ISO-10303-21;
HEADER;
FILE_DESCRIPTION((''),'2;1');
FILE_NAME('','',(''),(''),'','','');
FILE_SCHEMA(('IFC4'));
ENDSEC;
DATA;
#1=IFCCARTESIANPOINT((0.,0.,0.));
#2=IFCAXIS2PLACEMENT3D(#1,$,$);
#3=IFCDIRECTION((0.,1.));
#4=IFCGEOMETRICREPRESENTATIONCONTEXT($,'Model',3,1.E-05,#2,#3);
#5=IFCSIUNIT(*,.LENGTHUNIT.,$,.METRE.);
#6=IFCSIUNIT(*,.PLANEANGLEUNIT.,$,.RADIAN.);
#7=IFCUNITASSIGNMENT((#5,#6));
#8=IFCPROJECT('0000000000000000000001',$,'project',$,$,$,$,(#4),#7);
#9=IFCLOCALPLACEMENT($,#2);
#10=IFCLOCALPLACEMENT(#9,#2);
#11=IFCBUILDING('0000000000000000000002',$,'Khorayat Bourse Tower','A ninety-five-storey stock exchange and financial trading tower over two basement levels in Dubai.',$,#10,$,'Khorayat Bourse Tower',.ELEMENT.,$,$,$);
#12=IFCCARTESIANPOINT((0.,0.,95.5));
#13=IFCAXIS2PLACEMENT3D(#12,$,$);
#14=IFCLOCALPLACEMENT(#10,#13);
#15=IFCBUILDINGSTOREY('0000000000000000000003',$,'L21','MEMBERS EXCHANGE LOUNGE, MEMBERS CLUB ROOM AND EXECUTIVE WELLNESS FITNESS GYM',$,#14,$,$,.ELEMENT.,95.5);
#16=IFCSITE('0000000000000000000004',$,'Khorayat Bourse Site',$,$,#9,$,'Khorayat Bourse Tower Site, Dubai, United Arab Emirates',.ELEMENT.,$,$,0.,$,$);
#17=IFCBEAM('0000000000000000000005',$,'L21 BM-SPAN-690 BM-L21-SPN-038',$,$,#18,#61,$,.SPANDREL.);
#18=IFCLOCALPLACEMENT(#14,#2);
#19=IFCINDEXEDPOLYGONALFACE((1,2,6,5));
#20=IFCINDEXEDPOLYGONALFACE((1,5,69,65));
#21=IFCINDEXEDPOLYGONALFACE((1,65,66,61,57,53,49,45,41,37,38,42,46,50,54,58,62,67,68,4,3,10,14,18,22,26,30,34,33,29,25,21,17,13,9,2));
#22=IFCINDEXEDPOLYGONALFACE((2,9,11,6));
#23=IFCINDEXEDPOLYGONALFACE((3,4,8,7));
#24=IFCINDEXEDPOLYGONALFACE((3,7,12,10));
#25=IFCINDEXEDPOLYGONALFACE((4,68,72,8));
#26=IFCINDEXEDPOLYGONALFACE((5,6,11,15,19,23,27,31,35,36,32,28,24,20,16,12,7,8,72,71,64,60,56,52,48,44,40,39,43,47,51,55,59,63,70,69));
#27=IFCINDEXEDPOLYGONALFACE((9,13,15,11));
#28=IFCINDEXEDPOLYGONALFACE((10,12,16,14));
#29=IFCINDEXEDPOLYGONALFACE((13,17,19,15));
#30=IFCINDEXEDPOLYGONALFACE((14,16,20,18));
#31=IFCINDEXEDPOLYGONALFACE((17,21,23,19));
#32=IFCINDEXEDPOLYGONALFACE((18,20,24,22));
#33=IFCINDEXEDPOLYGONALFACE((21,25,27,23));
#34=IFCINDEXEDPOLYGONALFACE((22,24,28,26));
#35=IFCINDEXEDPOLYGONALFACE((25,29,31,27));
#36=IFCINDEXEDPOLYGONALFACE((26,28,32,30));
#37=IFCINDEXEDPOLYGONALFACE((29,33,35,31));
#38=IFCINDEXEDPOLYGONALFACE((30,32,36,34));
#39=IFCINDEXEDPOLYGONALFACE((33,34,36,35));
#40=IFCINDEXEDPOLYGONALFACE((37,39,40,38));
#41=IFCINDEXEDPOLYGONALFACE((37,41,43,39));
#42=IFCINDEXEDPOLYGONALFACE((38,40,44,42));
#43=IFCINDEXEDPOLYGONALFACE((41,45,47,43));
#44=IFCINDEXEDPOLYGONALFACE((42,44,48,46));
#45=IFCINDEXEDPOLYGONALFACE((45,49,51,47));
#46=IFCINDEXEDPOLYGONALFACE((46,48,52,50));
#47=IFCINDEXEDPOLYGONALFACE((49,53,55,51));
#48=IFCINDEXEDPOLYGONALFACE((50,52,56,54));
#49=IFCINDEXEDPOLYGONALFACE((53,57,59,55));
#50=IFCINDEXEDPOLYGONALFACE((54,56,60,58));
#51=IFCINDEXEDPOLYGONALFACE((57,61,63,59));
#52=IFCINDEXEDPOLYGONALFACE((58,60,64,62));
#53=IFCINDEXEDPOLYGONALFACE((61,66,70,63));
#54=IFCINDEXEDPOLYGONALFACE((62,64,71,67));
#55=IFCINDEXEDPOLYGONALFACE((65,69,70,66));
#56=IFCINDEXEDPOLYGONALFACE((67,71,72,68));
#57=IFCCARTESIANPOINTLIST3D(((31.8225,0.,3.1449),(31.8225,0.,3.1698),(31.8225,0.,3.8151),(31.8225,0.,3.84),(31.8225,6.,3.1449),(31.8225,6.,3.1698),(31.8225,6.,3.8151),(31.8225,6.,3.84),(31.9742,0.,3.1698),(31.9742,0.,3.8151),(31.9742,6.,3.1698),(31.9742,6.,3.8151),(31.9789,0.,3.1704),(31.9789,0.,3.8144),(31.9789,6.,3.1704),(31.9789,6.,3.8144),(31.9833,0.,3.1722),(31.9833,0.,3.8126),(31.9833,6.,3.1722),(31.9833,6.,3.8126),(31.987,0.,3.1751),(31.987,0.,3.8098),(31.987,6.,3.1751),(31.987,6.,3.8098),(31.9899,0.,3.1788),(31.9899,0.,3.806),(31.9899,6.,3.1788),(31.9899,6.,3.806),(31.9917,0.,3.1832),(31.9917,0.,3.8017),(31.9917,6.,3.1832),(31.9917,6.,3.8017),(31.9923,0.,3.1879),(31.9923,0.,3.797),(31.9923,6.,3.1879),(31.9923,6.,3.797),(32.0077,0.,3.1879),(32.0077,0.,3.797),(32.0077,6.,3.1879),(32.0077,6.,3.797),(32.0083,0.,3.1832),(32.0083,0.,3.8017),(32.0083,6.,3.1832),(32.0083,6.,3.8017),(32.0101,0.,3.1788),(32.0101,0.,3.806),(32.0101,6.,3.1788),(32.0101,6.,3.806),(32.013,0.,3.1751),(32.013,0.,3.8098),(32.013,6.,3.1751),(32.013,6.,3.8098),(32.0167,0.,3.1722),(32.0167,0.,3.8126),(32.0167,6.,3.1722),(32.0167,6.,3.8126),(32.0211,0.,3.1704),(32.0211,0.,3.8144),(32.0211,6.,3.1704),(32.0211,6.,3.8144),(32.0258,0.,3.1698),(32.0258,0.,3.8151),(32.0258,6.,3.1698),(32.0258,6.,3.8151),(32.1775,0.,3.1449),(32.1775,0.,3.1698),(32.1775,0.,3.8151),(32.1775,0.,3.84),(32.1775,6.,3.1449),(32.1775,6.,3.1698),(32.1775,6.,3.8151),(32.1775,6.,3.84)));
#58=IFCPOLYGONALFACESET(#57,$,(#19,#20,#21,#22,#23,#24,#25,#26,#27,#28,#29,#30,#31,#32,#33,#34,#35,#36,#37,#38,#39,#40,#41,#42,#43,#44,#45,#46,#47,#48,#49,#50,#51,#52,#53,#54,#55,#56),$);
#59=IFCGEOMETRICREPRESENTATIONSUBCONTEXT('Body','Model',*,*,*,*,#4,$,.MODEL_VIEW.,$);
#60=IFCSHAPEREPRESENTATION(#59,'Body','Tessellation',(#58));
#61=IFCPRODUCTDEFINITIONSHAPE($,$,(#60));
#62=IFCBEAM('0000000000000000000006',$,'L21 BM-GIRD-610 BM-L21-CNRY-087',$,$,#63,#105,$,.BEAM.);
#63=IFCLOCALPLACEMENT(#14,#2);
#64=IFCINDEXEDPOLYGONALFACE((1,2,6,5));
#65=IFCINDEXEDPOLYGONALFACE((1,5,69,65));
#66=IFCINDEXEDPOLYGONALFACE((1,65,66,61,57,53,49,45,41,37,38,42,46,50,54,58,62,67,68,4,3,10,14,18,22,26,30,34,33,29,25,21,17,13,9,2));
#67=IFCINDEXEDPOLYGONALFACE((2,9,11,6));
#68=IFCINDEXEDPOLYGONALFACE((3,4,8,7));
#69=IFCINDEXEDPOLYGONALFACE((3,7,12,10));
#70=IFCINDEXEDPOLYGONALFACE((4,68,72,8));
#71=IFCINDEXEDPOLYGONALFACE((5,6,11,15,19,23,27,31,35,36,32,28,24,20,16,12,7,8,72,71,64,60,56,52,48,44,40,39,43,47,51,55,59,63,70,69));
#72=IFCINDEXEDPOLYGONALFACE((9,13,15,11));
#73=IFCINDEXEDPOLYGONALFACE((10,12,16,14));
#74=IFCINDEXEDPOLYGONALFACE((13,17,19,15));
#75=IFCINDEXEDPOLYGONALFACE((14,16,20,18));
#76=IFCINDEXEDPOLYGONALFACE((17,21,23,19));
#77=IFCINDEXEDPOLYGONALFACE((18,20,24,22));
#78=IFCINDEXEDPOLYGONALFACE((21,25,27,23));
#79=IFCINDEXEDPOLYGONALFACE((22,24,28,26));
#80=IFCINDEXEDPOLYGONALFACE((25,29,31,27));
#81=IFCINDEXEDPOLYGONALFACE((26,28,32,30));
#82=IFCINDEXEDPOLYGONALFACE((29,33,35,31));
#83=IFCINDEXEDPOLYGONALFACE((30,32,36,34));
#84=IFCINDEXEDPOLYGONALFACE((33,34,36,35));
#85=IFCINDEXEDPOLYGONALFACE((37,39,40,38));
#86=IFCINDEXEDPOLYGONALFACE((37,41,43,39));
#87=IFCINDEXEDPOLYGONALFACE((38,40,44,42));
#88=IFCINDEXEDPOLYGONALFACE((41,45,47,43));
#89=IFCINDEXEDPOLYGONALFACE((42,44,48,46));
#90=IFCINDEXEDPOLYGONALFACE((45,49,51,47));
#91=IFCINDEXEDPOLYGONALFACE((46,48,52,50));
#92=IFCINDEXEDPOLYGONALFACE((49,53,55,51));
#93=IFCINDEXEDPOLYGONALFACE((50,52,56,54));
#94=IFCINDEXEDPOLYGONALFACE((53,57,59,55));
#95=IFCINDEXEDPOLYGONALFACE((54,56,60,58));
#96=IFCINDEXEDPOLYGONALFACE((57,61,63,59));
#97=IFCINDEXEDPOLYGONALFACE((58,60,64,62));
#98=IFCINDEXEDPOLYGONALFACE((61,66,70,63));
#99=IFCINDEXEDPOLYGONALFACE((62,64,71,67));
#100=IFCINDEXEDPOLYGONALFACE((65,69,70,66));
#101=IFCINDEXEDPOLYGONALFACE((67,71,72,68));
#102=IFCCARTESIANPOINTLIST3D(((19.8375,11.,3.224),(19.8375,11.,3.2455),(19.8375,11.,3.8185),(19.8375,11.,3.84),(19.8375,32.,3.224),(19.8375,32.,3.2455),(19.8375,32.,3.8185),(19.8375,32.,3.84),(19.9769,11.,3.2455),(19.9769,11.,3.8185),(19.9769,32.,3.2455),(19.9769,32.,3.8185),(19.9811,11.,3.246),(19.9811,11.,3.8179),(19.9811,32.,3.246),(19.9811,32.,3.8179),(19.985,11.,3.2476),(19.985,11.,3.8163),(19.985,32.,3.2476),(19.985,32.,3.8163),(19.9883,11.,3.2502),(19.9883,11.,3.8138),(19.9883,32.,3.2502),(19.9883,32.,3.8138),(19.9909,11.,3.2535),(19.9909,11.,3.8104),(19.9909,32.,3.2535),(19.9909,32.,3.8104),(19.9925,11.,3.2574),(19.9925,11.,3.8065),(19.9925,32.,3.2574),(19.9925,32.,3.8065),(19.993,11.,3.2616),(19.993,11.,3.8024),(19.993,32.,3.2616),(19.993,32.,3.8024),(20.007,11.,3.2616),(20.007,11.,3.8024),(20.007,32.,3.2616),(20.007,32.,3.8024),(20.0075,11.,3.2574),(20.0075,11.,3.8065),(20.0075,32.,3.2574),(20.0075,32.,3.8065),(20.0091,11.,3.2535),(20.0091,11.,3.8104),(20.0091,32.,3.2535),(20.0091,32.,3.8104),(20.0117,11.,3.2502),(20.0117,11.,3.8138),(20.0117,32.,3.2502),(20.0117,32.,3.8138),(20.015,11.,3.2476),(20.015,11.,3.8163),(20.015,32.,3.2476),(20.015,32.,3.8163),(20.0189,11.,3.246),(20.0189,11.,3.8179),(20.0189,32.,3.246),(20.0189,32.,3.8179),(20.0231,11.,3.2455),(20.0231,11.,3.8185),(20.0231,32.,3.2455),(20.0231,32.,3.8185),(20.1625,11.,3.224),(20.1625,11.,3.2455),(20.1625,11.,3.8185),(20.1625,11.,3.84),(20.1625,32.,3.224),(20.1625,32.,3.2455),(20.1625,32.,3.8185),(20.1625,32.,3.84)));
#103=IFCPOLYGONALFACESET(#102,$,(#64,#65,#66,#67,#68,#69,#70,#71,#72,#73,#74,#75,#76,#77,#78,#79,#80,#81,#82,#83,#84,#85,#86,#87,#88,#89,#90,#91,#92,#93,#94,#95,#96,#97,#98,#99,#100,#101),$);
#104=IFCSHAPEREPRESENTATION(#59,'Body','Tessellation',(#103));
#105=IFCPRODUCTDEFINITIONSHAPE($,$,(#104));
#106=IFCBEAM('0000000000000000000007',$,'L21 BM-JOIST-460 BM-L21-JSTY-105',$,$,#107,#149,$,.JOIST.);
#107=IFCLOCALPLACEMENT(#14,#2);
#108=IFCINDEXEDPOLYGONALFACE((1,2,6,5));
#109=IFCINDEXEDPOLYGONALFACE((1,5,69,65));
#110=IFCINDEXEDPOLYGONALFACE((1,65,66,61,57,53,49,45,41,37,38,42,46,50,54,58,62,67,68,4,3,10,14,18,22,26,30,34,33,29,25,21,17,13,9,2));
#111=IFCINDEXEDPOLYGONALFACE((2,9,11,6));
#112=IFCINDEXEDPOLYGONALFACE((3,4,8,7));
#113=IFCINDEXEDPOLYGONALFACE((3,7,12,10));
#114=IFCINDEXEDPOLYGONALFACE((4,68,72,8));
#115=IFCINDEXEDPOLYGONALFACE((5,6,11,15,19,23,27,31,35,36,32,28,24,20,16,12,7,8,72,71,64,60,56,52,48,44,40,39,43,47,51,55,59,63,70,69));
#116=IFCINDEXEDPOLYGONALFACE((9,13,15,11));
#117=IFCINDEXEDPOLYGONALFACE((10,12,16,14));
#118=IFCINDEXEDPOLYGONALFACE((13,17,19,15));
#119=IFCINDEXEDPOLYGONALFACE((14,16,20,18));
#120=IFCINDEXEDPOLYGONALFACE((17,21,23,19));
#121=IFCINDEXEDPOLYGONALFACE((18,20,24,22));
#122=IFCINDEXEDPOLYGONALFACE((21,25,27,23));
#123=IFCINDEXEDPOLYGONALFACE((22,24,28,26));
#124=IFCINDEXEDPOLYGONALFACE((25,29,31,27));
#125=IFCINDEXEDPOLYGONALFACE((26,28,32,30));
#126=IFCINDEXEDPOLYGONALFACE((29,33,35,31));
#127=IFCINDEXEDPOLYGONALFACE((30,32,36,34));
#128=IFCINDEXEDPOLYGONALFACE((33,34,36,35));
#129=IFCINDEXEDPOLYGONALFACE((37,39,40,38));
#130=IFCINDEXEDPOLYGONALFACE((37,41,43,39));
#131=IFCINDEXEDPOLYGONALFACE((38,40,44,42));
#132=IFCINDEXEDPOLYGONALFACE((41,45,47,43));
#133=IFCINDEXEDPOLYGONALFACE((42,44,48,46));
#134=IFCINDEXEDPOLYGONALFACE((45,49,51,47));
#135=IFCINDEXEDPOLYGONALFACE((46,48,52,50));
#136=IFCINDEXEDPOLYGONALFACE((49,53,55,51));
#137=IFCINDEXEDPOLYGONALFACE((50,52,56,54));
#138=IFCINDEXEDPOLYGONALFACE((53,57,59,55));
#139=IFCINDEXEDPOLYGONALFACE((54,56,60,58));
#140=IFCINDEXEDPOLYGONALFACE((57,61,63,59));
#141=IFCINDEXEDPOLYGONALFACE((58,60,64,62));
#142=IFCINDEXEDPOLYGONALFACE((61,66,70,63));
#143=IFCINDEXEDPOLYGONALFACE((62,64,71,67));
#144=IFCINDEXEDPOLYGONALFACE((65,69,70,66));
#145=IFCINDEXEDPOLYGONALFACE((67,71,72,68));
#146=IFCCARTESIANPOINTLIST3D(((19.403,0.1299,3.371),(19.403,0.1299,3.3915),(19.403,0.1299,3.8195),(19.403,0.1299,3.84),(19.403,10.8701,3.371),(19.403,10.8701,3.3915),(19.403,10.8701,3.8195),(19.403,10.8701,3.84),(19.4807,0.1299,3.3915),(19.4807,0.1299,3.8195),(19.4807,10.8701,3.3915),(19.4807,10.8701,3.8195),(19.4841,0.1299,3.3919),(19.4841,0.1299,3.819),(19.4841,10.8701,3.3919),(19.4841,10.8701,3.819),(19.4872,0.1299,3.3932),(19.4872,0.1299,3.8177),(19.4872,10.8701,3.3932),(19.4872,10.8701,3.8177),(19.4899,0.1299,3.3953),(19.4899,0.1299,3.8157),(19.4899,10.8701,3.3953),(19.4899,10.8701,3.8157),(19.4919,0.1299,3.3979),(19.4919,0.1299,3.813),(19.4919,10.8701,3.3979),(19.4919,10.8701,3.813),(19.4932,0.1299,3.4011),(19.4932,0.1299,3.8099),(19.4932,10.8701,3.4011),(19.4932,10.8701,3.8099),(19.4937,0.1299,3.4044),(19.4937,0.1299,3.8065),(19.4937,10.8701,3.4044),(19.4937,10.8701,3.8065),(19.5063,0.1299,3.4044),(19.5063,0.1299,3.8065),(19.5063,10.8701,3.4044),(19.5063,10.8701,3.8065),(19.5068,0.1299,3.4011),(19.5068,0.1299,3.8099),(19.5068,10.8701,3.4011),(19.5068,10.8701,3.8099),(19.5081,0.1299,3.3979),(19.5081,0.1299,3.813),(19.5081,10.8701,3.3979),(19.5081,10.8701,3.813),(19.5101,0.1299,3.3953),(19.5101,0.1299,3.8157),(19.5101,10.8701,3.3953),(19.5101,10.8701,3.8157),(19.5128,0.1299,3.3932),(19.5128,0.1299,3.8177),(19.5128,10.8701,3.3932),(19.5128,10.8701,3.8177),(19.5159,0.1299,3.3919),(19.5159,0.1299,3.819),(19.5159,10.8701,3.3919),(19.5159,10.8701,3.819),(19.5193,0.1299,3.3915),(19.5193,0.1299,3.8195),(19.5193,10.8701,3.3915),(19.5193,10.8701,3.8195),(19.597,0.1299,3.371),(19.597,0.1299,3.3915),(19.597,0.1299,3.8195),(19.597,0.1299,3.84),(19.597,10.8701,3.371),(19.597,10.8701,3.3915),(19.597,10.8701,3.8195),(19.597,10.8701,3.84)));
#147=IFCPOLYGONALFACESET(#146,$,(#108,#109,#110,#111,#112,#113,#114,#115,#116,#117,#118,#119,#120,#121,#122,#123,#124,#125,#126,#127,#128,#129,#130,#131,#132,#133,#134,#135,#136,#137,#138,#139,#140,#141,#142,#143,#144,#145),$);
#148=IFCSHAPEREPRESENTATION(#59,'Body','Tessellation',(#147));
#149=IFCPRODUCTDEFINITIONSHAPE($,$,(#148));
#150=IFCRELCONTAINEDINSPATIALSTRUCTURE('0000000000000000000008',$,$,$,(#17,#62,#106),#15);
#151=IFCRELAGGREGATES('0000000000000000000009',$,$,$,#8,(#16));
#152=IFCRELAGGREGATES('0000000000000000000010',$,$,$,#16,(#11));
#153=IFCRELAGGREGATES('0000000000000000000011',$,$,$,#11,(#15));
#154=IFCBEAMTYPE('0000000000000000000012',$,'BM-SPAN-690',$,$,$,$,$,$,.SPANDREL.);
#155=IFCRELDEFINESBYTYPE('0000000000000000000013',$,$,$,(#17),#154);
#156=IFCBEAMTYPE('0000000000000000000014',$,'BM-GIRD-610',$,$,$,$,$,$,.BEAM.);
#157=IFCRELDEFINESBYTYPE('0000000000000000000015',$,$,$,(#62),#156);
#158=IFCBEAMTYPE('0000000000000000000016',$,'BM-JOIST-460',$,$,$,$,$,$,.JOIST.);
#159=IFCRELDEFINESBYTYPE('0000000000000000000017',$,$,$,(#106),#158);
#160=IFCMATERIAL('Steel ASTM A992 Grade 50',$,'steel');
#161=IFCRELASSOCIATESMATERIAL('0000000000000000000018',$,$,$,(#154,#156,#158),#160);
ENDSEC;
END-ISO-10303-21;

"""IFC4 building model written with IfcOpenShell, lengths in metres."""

from ifc_helpers import new_model, si_unit, direction, frame, origin, origin_2d, place, context, subcontext, project, spatial, i_section, extrude, source, transform, mapped, material, material_profile, profile_set, type_object, element, save


model = new_model("IFC4")

# Units and contexts
model_context = context("Model", 3, precision=1e-05, world=origin(), true_north=direction((0.0, 1.0)))
body_context = subcontext(model_context, "Body", "Model", "MODEL_VIEW")
ifc_project = project(units=[si_unit("LENGTHUNIT", "METRE"), si_unit("PLANEANGLEUNIT", "RADIAN")], contexts=[model_context])

# Site, building, storey
site_placement = place(None, origin())
site = spatial("IfcSite", under=ifc_project, at=site_placement, Name="Khorayat Bourse Site", LongName="Khorayat Bourse Tower Site, Dubai, United Arab Emirates", CompositionType="ELEMENT", RefElevation=0.0)
building_placement = place(site_placement, origin())
building = spatial("IfcBuilding", under=site, at=building_placement, Name="Khorayat Bourse Tower", Description="A ninety-five-storey stock exchange and financial trading tower over two basement levels in Dubai.", LongName="Khorayat Bourse Tower", CompositionType="ELEMENT")
storey_placement = place(building_placement, frame((0.0, 0.0, 95.5)))
storey = spatial("IfcBuildingStorey", under=building, at=storey_placement, Name="L21", Description="MEMBERS EXCHANGE LOUNGE, MEMBERS CLUB ROOM AND EXECUTIVE WELLNESS FITNESS GYM", CompositionType="ELEMENT", Elevation=95.5)

# Beams
ifc_material_1 = material(Name="Steel ASTM A992 Grade 50", Category="steel")
ifc_material_profile_1 = material_profile(ifc_material_1, i_section(OverallWidth=0.355, OverallDepth=0.6951, WebThickness=0.0154, FlangeThickness=0.0249, FilletRadius=0.0181, at=origin_2d()), Name="W690X217")
ifc_profile_set_1 = profile_set([ifc_material_profile_1], Name="Steel ASTM A992 Grade 50")
beam_type_1 = type_object("IfcBeamType", Name="BM-SPAN-690", PredefinedType="SPANDREL", material=ifc_profile_set_1)
shared_shape_1 = source(origin(), body_context, "Body", "SweptSolid", [
    extrude(i_section(OverallWidth=0.355, OverallDepth=0.6951, WebThickness=0.0154, FlangeThickness=0.0249, FilletRadius=0.0181, at=origin_2d()), origin(), (0.0, 0.0, 1.0), 6.0),
])
beam_1_placement = place(storey_placement, frame((32.0, 0.0, 3.4924), z_axis=(0.0, 1.0, 0.0), x_axis=(-1.0, 0.0, 0.0)))
element("IfcBeam", 1, at=beam_1_placement, inside=storey, type_object=beam_type_1, Name="L21 BM-SPAN-690 BM-L21-SPN-038", PredefinedType="SPANDREL", context=body_context, shape_type="MappedRepresentation", body=[
    mapped(shared_shape_1, transform((0.0, 0.0, 0.0), scale=1.0)),
])
ifc_material_profile_2 = material_profile(ifc_material_1, i_section(OverallWidth=0.325, OverallDepth=0.616, WebThickness=0.0139, FlangeThickness=0.0215, FilletRadius=0.0161, at=origin_2d()), Name="W610X174")
ifc_profile_set_2 = profile_set([ifc_material_profile_2], Name="Steel ASTM A992 Grade 50")
beam_type_2 = type_object("IfcBeamType", Name="BM-GIRD-610", PredefinedType="BEAM", material=ifc_profile_set_2)
shared_shape_2 = source(origin(), body_context, "Body", "SweptSolid", [
    extrude(i_section(OverallWidth=0.325, OverallDepth=0.616, WebThickness=0.0139, FlangeThickness=0.0215, FilletRadius=0.0161, at=origin_2d()), origin(), (0.0, 0.0, 1.0), 21.0),
])
beam_2_placement = place(storey_placement, frame((20.0, 11.0, 3.532), z_axis=(0.0, 1.0, 0.0), x_axis=(-1.0, 0.0, 0.0)))
element("IfcBeam", 2, at=beam_2_placement, inside=storey, type_object=beam_type_2, Name="L21 BM-GIRD-610 BM-L21-CNRY-087", PredefinedType="BEAM", context=body_context, shape_type="MappedRepresentation", body=[
    mapped(shared_shape_2, transform((0.0, 0.0, 0.0), scale=1.0)),
])
ifc_material_profile_3 = material_profile(ifc_material_1, i_section(OverallWidth=0.1941, OverallDepth=0.469, WebThickness=0.0127, FlangeThickness=0.0205, FilletRadius=0.0129, at=origin_2d()), Name="W460X106")
ifc_profile_set_3 = profile_set([ifc_material_profile_3], Name="Steel ASTM A992 Grade 50")
beam_type_3 = type_object("IfcBeamType", Name="BM-JOIST-460", PredefinedType="JOIST", material=ifc_profile_set_3)
shared_shape_3 = source(origin(), body_context, "Body", "SweptSolid", [
    extrude(i_section(OverallWidth=0.1941, OverallDepth=0.469, WebThickness=0.0127, FlangeThickness=0.0205, FilletRadius=0.0129, at=origin_2d()), origin(), (0.0, 0.0, 1.0), 10.7402),
])
beam_3_placement = place(storey_placement, frame((19.5, 0.1299, 3.6055), z_axis=(0.0, 1.0, 0.0), x_axis=(-1.0, 0.0, 0.0)))
element("IfcBeam", 3, at=beam_3_placement, inside=storey, type_object=beam_type_3, Name="L21 BM-JOIST-460 BM-L21-JSTY-105", PredefinedType="JOIST", context=body_context, shape_type="MappedRepresentation", body=[
    mapped(shared_shape_3, transform((0.0, 0.0, 0.0), scale=1.0)),
])

save(model, "model.ifc")
